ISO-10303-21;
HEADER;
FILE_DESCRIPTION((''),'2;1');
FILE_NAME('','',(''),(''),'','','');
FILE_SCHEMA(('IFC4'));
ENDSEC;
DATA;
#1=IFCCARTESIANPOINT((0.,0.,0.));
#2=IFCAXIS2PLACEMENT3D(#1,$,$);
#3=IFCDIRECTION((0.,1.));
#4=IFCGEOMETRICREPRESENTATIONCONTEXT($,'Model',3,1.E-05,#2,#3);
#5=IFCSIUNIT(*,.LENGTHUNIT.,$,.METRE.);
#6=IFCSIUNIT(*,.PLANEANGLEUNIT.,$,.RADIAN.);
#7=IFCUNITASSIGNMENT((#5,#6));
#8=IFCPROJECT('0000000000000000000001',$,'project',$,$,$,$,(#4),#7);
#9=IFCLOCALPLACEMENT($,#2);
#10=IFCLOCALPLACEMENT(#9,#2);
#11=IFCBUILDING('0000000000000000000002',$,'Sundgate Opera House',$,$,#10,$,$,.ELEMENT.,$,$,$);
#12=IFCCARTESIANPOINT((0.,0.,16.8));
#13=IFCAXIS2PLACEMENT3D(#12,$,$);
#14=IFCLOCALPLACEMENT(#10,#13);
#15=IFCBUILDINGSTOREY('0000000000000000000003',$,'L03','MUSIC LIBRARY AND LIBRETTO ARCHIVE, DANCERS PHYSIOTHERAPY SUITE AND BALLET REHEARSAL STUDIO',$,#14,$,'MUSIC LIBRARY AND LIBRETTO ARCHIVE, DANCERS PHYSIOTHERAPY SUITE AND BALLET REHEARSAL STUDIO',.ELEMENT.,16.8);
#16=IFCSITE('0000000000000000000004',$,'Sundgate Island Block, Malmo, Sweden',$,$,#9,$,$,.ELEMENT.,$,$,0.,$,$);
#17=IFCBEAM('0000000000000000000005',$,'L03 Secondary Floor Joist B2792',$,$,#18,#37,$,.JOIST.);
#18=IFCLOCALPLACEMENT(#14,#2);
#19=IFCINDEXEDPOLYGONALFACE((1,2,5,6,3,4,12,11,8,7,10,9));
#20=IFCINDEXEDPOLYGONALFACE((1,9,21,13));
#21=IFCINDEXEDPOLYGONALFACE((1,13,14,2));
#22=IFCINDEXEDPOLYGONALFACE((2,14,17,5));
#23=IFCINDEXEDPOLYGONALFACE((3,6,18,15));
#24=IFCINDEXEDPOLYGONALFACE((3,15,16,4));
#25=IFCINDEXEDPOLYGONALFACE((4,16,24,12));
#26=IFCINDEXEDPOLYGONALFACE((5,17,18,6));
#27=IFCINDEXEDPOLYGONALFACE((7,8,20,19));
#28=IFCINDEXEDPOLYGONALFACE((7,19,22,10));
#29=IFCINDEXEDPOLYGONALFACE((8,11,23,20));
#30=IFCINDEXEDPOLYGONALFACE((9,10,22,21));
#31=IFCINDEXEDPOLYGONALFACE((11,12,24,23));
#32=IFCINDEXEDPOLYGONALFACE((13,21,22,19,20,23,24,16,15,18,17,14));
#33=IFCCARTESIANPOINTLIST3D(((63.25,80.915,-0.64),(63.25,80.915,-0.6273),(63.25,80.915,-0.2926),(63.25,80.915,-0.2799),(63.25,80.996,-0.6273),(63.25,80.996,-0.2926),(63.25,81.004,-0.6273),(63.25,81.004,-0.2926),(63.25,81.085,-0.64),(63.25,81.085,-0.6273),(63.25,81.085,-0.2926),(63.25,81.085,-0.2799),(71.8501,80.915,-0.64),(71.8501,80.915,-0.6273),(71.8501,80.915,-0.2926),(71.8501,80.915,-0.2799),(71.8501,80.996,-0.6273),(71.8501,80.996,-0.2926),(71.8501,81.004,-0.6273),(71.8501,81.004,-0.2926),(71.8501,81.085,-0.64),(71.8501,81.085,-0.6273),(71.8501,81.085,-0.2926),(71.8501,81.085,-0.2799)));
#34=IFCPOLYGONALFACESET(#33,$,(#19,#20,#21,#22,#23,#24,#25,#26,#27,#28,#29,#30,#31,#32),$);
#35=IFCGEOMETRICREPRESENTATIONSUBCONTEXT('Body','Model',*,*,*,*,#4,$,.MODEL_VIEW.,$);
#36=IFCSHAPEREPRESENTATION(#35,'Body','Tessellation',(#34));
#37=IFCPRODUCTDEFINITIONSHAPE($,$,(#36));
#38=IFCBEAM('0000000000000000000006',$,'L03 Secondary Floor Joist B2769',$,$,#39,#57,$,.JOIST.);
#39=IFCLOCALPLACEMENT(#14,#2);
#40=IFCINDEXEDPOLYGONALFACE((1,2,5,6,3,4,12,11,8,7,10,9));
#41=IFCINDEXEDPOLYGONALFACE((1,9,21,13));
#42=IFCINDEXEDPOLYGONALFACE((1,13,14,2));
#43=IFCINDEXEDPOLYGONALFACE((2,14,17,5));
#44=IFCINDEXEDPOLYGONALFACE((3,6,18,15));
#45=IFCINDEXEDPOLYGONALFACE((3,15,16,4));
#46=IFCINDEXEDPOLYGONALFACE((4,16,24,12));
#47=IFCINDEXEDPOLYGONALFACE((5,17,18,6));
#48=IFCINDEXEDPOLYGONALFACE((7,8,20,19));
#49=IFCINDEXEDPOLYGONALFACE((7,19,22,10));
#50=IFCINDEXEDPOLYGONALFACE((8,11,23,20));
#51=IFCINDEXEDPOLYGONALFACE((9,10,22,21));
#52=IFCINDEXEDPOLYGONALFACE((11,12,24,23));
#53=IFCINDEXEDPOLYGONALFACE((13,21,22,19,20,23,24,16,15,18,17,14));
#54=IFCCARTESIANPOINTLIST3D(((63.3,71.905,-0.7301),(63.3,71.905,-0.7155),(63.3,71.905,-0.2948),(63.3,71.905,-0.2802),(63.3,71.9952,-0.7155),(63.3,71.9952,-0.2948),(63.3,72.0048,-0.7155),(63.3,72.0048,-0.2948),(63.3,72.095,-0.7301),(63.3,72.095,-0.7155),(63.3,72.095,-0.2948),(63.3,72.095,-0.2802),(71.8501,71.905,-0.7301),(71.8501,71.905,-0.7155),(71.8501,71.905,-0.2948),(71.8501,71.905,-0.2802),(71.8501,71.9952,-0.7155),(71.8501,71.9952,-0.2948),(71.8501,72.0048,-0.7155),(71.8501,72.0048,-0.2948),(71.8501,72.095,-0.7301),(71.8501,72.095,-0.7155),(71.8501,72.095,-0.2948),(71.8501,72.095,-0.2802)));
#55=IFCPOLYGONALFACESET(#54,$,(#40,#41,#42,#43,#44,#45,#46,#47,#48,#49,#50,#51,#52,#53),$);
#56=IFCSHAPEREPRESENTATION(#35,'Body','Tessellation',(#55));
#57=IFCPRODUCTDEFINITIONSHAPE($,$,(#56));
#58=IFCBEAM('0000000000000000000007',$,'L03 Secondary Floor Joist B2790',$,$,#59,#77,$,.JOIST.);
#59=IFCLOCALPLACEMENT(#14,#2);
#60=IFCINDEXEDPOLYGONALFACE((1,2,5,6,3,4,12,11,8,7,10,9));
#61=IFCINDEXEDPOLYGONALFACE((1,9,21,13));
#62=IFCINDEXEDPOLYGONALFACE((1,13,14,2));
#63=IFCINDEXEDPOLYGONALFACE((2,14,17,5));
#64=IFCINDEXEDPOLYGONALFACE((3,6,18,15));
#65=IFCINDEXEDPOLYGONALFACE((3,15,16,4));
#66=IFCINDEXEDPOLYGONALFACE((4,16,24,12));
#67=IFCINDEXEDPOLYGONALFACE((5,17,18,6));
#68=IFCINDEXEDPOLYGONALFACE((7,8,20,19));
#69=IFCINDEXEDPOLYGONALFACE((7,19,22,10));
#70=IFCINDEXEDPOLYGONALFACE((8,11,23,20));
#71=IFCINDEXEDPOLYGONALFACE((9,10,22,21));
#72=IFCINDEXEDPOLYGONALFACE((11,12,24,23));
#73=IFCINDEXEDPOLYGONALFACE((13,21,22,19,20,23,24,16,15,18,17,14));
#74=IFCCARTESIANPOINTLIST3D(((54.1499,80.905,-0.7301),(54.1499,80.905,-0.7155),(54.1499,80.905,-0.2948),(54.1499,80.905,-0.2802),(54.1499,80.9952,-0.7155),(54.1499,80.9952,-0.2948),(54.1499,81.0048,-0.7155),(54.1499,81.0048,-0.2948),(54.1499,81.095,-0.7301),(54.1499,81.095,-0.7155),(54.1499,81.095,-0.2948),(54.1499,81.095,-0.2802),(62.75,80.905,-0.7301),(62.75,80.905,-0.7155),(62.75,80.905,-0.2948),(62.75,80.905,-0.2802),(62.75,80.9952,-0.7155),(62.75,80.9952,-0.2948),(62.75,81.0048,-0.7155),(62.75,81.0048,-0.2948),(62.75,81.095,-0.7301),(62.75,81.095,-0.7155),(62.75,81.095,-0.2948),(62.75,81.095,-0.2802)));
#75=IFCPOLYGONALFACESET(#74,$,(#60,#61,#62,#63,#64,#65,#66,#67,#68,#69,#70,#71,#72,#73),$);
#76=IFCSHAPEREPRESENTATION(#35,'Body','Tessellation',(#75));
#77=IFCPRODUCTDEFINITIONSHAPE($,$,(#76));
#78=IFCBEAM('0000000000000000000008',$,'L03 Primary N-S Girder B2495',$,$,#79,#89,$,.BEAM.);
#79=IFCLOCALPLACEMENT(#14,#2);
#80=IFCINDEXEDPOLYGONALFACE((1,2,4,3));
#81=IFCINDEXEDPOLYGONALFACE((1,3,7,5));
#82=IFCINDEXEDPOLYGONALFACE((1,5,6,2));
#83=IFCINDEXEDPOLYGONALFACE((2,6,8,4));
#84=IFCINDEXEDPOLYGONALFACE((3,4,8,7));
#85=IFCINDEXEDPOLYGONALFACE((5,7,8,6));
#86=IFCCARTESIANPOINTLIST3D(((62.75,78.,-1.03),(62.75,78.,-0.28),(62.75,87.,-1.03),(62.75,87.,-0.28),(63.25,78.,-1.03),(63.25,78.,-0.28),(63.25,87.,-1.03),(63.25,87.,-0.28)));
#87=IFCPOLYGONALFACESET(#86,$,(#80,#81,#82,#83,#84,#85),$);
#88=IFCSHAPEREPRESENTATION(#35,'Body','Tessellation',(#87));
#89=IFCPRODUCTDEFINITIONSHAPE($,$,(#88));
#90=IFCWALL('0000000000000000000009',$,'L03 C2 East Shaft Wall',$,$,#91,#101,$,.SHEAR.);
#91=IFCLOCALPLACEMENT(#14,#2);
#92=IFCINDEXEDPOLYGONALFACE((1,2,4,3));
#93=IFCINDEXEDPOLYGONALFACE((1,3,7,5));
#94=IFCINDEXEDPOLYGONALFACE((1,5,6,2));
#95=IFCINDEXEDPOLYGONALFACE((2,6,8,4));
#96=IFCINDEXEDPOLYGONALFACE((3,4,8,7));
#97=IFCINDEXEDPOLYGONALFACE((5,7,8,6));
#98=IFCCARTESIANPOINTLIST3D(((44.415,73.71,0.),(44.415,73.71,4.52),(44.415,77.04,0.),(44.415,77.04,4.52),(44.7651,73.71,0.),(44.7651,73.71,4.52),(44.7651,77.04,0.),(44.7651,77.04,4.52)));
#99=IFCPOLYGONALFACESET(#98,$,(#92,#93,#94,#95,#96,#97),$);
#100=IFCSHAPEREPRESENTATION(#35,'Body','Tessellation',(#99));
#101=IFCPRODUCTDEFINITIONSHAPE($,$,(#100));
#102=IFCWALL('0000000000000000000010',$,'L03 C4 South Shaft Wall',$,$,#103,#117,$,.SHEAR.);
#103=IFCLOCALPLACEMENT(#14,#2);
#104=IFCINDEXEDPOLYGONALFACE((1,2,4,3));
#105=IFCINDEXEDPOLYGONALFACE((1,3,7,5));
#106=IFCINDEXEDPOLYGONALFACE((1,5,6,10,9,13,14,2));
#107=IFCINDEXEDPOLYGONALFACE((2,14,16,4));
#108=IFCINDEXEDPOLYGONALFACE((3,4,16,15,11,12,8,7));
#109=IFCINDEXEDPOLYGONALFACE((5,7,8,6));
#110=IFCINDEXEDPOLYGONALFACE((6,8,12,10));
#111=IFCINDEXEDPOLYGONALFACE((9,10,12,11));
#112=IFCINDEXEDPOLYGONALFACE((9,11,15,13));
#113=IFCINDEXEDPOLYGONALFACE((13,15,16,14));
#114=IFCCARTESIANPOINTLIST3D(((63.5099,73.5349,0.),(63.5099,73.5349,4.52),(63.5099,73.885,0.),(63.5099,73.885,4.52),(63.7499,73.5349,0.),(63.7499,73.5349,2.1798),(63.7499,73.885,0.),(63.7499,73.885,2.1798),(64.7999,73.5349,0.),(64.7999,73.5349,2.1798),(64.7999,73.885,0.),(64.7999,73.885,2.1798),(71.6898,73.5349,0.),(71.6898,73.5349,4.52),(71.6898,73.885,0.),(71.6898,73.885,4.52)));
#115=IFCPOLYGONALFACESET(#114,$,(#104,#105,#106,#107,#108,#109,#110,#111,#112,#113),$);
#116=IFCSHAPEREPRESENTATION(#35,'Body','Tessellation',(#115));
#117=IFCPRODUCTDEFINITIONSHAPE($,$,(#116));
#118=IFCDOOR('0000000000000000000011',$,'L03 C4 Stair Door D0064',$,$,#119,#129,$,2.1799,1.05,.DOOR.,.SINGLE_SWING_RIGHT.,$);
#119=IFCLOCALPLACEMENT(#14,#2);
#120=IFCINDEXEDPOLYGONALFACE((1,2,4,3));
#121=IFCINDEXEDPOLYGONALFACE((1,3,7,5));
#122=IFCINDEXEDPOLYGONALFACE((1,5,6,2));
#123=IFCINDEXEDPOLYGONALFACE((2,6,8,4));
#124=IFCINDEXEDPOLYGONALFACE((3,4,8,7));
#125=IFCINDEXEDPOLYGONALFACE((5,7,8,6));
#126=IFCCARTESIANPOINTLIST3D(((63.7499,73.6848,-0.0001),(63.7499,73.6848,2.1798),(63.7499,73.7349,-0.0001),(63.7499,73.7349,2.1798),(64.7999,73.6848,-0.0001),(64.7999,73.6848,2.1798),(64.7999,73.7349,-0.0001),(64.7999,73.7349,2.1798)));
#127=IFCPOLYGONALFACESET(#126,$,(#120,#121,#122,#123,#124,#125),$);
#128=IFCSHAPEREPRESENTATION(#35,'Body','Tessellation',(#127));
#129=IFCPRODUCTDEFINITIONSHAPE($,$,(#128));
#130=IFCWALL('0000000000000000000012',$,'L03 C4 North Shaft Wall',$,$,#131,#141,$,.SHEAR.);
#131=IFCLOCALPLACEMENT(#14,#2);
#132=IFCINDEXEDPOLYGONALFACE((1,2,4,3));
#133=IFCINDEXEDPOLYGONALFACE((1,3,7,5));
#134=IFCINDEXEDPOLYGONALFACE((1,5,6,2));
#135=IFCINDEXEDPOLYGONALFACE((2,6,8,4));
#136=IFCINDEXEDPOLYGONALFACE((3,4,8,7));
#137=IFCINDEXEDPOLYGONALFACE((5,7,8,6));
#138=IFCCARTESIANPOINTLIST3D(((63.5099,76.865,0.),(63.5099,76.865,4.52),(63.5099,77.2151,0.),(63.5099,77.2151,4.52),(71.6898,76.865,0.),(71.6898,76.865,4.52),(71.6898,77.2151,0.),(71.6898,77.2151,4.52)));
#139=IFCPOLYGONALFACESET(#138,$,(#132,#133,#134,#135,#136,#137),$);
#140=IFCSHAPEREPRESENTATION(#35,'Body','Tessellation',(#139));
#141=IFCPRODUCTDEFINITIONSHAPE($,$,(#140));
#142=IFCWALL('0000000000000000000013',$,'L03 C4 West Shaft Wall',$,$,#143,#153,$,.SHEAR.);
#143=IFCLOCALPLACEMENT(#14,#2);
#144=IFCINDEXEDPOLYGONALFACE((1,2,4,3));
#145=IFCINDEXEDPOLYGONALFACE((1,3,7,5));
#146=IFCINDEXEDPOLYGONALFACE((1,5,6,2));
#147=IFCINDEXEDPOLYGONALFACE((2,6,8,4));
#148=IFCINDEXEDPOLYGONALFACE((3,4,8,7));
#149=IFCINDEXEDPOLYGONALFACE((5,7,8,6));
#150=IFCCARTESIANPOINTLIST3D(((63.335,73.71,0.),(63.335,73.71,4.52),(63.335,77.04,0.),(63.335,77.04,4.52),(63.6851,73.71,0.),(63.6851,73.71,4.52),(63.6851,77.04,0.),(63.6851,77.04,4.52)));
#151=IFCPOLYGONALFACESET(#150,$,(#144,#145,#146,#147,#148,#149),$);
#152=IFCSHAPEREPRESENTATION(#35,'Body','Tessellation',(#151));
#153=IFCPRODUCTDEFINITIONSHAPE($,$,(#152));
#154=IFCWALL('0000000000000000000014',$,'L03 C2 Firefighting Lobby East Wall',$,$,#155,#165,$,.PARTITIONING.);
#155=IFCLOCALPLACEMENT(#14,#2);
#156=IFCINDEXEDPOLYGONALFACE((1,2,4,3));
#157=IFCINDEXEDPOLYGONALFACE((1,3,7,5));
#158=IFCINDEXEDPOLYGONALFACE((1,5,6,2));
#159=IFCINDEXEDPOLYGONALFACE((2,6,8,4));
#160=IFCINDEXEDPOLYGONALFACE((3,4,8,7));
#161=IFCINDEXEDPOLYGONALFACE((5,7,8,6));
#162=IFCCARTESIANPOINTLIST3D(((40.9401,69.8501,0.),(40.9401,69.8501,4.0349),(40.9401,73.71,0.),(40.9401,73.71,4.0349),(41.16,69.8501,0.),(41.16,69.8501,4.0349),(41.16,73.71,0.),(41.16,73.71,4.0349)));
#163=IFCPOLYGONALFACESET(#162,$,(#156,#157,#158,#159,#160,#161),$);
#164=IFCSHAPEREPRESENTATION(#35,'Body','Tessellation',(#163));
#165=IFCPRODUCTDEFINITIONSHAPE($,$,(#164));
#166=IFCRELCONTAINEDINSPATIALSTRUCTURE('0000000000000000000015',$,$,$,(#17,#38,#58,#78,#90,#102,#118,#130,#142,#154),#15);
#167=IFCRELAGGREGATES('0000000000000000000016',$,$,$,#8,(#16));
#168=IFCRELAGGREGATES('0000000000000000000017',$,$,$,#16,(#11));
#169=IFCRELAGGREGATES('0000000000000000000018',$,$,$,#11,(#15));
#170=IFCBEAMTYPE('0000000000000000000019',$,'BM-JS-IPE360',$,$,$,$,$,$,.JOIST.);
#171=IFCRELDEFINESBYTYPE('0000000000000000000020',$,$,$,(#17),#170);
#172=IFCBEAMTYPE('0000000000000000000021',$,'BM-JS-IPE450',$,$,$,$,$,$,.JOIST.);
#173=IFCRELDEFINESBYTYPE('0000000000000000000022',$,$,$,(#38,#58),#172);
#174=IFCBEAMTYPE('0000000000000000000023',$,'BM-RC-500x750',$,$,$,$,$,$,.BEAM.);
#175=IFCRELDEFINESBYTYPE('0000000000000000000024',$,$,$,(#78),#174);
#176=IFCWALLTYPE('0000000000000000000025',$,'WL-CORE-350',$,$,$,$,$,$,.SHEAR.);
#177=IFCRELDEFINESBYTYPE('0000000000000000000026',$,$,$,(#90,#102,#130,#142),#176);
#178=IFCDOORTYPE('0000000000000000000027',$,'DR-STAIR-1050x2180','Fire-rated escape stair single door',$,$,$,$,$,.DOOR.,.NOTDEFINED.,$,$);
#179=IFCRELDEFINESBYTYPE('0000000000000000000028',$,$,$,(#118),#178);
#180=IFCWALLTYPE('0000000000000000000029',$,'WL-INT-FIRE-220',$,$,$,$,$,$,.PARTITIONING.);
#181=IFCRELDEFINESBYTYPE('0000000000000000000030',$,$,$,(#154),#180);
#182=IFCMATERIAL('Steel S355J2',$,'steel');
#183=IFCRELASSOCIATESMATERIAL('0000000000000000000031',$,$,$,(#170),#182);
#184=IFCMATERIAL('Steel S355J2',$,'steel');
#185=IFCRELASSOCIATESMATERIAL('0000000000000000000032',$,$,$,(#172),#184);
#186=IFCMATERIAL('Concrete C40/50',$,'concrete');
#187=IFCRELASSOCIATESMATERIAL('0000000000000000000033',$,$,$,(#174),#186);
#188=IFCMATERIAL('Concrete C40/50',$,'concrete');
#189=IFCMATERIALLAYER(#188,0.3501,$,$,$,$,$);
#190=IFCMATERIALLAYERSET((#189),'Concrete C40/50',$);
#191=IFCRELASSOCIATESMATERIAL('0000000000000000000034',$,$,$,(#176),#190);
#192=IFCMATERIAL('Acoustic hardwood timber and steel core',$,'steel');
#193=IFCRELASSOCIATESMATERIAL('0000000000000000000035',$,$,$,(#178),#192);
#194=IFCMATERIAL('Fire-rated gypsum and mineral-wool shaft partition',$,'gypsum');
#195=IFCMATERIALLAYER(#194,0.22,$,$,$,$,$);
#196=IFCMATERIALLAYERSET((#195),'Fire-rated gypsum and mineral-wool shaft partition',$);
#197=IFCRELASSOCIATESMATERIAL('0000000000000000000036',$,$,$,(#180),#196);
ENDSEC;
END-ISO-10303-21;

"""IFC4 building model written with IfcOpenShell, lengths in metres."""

from ifc_helpers import new_model, si_unit, direction, frame, frame_2d, origin, origin_2d, place, context, subcontext, project, spatial, rectangle, i_section, extrude, material, layer, layer_set, material_profile, profile_set, type_object, element, fill, save


model = new_model("IFC4")

# Units and contexts
model_context = context("Model", 3, precision=1e-05, world=origin(), true_north=direction((0.0, 1.0)))
body_context = subcontext(model_context, "Body", "Model", "MODEL_VIEW")
ifc_project = project(units=[si_unit("LENGTHUNIT", "METRE"), si_unit("PLANEANGLEUNIT", "RADIAN")], contexts=[model_context])

# Site, building, storey
site_placement = place(None, origin())
site = spatial("IfcSite", under=ifc_project, at=site_placement, Name="Sundgate Island Block, Malmo, Sweden", CompositionType="ELEMENT", RefElevation=0.0)
building_placement = place(site_placement, origin())
building = spatial("IfcBuilding", under=site, at=building_placement, Name="Sundgate Opera House", CompositionType="ELEMENT")
storey_placement = place(building_placement, frame((0.0, 0.0, 16.8)))
storey = spatial("IfcBuildingStorey", under=building, at=storey_placement, Name="L03", Description="MUSIC LIBRARY AND LIBRETTO ARCHIVE, DANCERS PHYSIOTHERAPY SUITE AND BALLET REHEARSAL STUDIO", LongName="MUSIC LIBRARY AND LIBRETTO ARCHIVE, DANCERS PHYSIOTHERAPY SUITE AND BALLET REHEARSAL STUDIO", CompositionType="ELEMENT", Elevation=16.8)

# Beams
ifc_material_1 = material(Name="Steel S355J2", Category="steel")
ifc_material_profile_1 = material_profile(ifc_material_1, i_section(OverallWidth=0.1699, OverallDepth=0.3601, WebThickness=0.0081, FlangeThickness=0.0127, at=origin_2d()), Name="IPE 360")
ifc_profile_set_1 = profile_set([ifc_material_profile_1], Name="Steel S355J2")
beam_type_1 = type_object("IfcBeamType", Name="BM-JS-IPE360", PredefinedType="JOIST", material=ifc_profile_set_1)
beam_1_placement = place(storey_placement, frame((63.25, 81.0, -0.46), z_axis=(1.0, 0.0, 0.0), x_axis=(0.0, 1.0, 0.0)))
element("IfcBeam", 1, at=beam_1_placement, inside=storey, type_object=beam_type_1, Name="L03 Secondary Floor Joist B2792", PredefinedType="JOIST", context=body_context, shape_type="SweptSolid", body=[
    extrude(i_section(OverallWidth=0.1699, OverallDepth=0.3601, WebThickness=0.0081, FlangeThickness=0.0127, at=origin_2d()), origin(), (0.0, 0.0, 1.0), 8.6001),
])
ifc_material_2 = material(Name="Steel S355J2", Category="steel")
ifc_material_profile_2 = material_profile(ifc_material_2, i_section(OverallWidth=0.1899, OverallDepth=0.45, WebThickness=0.0095, FlangeThickness=0.0146, at=origin_2d()), Name="IPE 450")
ifc_profile_set_2 = profile_set([ifc_material_profile_2], Name="Steel S355J2")
beam_type_2 = type_object("IfcBeamType", Name="BM-JS-IPE450", PredefinedType="JOIST", material=ifc_profile_set_2)
beam_2_placement = place(storey_placement, frame((63.3, 72.0, -0.5051), z_axis=(1.0, 0.0, 0.0), x_axis=(0.0, 1.0, 0.0)))
element("IfcBeam", 2, at=beam_2_placement, inside=storey, type_object=beam_type_2, Name="L03 Secondary Floor Joist B2769", PredefinedType="JOIST", context=body_context, shape_type="SweptSolid", body=[
    extrude(i_section(OverallWidth=0.1899, OverallDepth=0.45, WebThickness=0.0095, FlangeThickness=0.0146, at=origin_2d()), origin(), (0.0, 0.0, 1.0), 8.55),
])
beam_3_placement = place(storey_placement, frame((54.1499, 81.0, -0.5051), z_axis=(1.0, 0.0, 0.0), x_axis=(0.0, 1.0, 0.0)))
element("IfcBeam", 3, at=beam_3_placement, inside=storey, type_object=beam_type_2, Name="L03 Secondary Floor Joist B2790", PredefinedType="JOIST", context=body_context, shape_type="SweptSolid", body=[
    extrude(i_section(OverallWidth=0.1899, OverallDepth=0.45, WebThickness=0.0095, FlangeThickness=0.0146, at=origin_2d()), origin(), (0.0, 0.0, 1.0), 8.6001),
])
ifc_material_3 = material(Name="Concrete C40/50", Category="concrete")
ifc_material_profile_3 = material_profile(ifc_material_3, rectangle(XDim=0.5, YDim=0.75, at=origin_2d()), Name="RC 500x750")
ifc_profile_set_3 = profile_set([ifc_material_profile_3], Name="Concrete C40/50")
beam_type_3 = type_object("IfcBeamType", Name="BM-RC-500x750", PredefinedType="BEAM", material=ifc_profile_set_3)
beam_4_placement = place(storey_placement, frame((63.0, 78.0, -0.655), z_axis=(0.0, 1.0, 0.0), x_axis=(-1.0, 0.0, 0.0)))
element("IfcBeam", 4, at=beam_4_placement, inside=storey, type_object=beam_type_3, Name="L03 Primary N-S Girder B2495", PredefinedType="BEAM", context=body_context, shape_type="SweptSolid", body=[
    extrude(rectangle(XDim=0.5, YDim=0.75, at=origin_2d()), origin(), (0.0, 0.0, 1.0), 9.0),
])

# Wall
ifc_material_4 = material(Name="Concrete C40/50", Category="concrete")
ifc_layer_1 = layer(ifc_material_4, 0.3501)
ifc_layer_set_1 = layer_set([ifc_layer_1], Name="Concrete C40/50")
wall_type_1 = type_object("IfcWallType", Name="WL-CORE-350", PredefinedType="SHEAR", material=ifc_layer_set_1)
wall_1_placement = place(storey_placement, frame((44.5901, 73.71, 0.0), z_axis=(0.0, 0.0, 1.0), x_axis=(0.0, 1.0, 0.0)))
element("IfcWall", 5, at=wall_1_placement, inside=storey, type_object=wall_type_1, Name="L03 C2 East Shaft Wall", PredefinedType="SHEAR", context=body_context, shape_type="SweptSolid", body=[
    extrude(rectangle(XDim=3.3301, YDim=0.3501, at=frame_2d((1.665, 0.0))), origin(), (0.0, 0.0, 1.0), 4.52),
])

# Wall, opening, door
wall_2_placement = place(storey_placement, frame((63.51, 73.71, 0.0), z_axis=(0.0, 0.0, 1.0), x_axis=(1.0, 0.0, 0.0)))
wall_2 = element("IfcWall", 6, at=wall_2_placement, inside=storey, type_object=wall_type_1, Name="L03 C4 South Shaft Wall", PredefinedType="SHEAR", context=body_context, shape_type="SweptSolid", body=[
    extrude(rectangle(XDim=8.1799, YDim=0.3501, at=frame_2d((4.0898, 0.0))), origin(), (0.0, 0.0, 1.0), 4.52),
])
opening_1_placement = place(wall_2_placement, frame((0.24, 0.0, 0.0)))
opening_1 = element("IfcOpeningElement", 7, at=opening_1_placement, cuts=wall_2, PredefinedType="OPENING", context=body_context, shape_type="SweptSolid", body=[
    extrude(rectangle(XDim=1.05, YDim=2.1799, at=frame_2d((0.5249, 1.0898))), frame((0.0, 0.1851, 0.0), z_axis=(0.0, -1.0, 0.0), x_axis=(1.0, 0.0, 0.0)), (0.0, 0.0, 1.0), 0.3701),
])
ifc_material_5 = material(Name="Acoustic hardwood timber and steel core", Category="steel")
door_type_1 = type_object("IfcDoorType", Name="DR-STAIR-1050x2180", Description="Fire-rated escape stair single door", OperationType="NOTDEFINED", PredefinedType="DOOR", material=ifc_material_5)
door_1_placement = place(opening_1_placement, origin())
door_1 = element("IfcDoor", 8, at=door_1_placement, inside=storey, type_object=door_type_1, Name="L03 C4 Stair Door D0064", OperationType="SINGLE_SWING_RIGHT", OverallHeight=2.1799, OverallWidth=1.05, PredefinedType="DOOR", context=body_context, shape_type="SweptSolid", body=[
    extrude(rectangle(XDim=1.05, YDim=2.1799, at=frame_2d((0.5249, 1.0898))), frame((0.0, 0.0249, 0.0), z_axis=(0.0, -1.0, 0.0), x_axis=(1.0, 0.0, 0.0)), (0.0, 0.0, 1.0), 0.05),
])
fill(opening_1, door_1)

# Walls
wall_3_placement = place(storey_placement, frame((63.51, 77.04, 0.0), z_axis=(0.0, 0.0, 1.0), x_axis=(1.0, 0.0, 0.0)))
element("IfcWall", 9, at=wall_3_placement, inside=storey, type_object=wall_type_1, Name="L03 C4 North Shaft Wall", PredefinedType="SHEAR", context=body_context, shape_type="SweptSolid", body=[
    extrude(rectangle(XDim=8.1799, YDim=0.3501, at=frame_2d((4.0898, 0.0))), origin(), (0.0, 0.0, 1.0), 4.52),
])
wall_4_placement = place(storey_placement, frame((63.51, 73.71, 0.0), z_axis=(0.0, 0.0, 1.0), x_axis=(0.0, 1.0, 0.0)))
element("IfcWall", 10, at=wall_4_placement, inside=storey, type_object=wall_type_1, Name="L03 C4 West Shaft Wall", PredefinedType="SHEAR", context=body_context, shape_type="SweptSolid", body=[
    extrude(rectangle(XDim=3.3301, YDim=0.3501, at=frame_2d((1.665, 0.0))), origin(), (0.0, 0.0, 1.0), 4.52),
])
ifc_material_6 = material(Name="Fire-rated gypsum and mineral-wool shaft partition", Category="gypsum")
ifc_layer_2 = layer(ifc_material_6, 0.22)
ifc_layer_set_2 = layer_set([ifc_layer_2], Name="Fire-rated gypsum and mineral-wool shaft partition")
wall_type_2 = type_object("IfcWallType", Name="WL-INT-FIRE-220", PredefinedType="PARTITIONING", material=ifc_layer_set_2)
wall_5_placement = place(storey_placement, frame((41.05, 69.8501, 0.0), z_axis=(0.0, 0.0, 1.0), x_axis=(0.0, 1.0, 0.0)))
element("IfcWall", 11, at=wall_5_placement, inside=storey, type_object=wall_type_2, Name="L03 C2 Firefighting Lobby East Wall", PredefinedType="PARTITIONING", context=body_context, shape_type="SweptSolid", body=[
    extrude(rectangle(XDim=3.8599, YDim=0.22, at=frame_2d((1.9299, 0.0))), origin(), (0.0, 0.0, 1.0), 4.0349),
])

save(model, "model.ifc")
